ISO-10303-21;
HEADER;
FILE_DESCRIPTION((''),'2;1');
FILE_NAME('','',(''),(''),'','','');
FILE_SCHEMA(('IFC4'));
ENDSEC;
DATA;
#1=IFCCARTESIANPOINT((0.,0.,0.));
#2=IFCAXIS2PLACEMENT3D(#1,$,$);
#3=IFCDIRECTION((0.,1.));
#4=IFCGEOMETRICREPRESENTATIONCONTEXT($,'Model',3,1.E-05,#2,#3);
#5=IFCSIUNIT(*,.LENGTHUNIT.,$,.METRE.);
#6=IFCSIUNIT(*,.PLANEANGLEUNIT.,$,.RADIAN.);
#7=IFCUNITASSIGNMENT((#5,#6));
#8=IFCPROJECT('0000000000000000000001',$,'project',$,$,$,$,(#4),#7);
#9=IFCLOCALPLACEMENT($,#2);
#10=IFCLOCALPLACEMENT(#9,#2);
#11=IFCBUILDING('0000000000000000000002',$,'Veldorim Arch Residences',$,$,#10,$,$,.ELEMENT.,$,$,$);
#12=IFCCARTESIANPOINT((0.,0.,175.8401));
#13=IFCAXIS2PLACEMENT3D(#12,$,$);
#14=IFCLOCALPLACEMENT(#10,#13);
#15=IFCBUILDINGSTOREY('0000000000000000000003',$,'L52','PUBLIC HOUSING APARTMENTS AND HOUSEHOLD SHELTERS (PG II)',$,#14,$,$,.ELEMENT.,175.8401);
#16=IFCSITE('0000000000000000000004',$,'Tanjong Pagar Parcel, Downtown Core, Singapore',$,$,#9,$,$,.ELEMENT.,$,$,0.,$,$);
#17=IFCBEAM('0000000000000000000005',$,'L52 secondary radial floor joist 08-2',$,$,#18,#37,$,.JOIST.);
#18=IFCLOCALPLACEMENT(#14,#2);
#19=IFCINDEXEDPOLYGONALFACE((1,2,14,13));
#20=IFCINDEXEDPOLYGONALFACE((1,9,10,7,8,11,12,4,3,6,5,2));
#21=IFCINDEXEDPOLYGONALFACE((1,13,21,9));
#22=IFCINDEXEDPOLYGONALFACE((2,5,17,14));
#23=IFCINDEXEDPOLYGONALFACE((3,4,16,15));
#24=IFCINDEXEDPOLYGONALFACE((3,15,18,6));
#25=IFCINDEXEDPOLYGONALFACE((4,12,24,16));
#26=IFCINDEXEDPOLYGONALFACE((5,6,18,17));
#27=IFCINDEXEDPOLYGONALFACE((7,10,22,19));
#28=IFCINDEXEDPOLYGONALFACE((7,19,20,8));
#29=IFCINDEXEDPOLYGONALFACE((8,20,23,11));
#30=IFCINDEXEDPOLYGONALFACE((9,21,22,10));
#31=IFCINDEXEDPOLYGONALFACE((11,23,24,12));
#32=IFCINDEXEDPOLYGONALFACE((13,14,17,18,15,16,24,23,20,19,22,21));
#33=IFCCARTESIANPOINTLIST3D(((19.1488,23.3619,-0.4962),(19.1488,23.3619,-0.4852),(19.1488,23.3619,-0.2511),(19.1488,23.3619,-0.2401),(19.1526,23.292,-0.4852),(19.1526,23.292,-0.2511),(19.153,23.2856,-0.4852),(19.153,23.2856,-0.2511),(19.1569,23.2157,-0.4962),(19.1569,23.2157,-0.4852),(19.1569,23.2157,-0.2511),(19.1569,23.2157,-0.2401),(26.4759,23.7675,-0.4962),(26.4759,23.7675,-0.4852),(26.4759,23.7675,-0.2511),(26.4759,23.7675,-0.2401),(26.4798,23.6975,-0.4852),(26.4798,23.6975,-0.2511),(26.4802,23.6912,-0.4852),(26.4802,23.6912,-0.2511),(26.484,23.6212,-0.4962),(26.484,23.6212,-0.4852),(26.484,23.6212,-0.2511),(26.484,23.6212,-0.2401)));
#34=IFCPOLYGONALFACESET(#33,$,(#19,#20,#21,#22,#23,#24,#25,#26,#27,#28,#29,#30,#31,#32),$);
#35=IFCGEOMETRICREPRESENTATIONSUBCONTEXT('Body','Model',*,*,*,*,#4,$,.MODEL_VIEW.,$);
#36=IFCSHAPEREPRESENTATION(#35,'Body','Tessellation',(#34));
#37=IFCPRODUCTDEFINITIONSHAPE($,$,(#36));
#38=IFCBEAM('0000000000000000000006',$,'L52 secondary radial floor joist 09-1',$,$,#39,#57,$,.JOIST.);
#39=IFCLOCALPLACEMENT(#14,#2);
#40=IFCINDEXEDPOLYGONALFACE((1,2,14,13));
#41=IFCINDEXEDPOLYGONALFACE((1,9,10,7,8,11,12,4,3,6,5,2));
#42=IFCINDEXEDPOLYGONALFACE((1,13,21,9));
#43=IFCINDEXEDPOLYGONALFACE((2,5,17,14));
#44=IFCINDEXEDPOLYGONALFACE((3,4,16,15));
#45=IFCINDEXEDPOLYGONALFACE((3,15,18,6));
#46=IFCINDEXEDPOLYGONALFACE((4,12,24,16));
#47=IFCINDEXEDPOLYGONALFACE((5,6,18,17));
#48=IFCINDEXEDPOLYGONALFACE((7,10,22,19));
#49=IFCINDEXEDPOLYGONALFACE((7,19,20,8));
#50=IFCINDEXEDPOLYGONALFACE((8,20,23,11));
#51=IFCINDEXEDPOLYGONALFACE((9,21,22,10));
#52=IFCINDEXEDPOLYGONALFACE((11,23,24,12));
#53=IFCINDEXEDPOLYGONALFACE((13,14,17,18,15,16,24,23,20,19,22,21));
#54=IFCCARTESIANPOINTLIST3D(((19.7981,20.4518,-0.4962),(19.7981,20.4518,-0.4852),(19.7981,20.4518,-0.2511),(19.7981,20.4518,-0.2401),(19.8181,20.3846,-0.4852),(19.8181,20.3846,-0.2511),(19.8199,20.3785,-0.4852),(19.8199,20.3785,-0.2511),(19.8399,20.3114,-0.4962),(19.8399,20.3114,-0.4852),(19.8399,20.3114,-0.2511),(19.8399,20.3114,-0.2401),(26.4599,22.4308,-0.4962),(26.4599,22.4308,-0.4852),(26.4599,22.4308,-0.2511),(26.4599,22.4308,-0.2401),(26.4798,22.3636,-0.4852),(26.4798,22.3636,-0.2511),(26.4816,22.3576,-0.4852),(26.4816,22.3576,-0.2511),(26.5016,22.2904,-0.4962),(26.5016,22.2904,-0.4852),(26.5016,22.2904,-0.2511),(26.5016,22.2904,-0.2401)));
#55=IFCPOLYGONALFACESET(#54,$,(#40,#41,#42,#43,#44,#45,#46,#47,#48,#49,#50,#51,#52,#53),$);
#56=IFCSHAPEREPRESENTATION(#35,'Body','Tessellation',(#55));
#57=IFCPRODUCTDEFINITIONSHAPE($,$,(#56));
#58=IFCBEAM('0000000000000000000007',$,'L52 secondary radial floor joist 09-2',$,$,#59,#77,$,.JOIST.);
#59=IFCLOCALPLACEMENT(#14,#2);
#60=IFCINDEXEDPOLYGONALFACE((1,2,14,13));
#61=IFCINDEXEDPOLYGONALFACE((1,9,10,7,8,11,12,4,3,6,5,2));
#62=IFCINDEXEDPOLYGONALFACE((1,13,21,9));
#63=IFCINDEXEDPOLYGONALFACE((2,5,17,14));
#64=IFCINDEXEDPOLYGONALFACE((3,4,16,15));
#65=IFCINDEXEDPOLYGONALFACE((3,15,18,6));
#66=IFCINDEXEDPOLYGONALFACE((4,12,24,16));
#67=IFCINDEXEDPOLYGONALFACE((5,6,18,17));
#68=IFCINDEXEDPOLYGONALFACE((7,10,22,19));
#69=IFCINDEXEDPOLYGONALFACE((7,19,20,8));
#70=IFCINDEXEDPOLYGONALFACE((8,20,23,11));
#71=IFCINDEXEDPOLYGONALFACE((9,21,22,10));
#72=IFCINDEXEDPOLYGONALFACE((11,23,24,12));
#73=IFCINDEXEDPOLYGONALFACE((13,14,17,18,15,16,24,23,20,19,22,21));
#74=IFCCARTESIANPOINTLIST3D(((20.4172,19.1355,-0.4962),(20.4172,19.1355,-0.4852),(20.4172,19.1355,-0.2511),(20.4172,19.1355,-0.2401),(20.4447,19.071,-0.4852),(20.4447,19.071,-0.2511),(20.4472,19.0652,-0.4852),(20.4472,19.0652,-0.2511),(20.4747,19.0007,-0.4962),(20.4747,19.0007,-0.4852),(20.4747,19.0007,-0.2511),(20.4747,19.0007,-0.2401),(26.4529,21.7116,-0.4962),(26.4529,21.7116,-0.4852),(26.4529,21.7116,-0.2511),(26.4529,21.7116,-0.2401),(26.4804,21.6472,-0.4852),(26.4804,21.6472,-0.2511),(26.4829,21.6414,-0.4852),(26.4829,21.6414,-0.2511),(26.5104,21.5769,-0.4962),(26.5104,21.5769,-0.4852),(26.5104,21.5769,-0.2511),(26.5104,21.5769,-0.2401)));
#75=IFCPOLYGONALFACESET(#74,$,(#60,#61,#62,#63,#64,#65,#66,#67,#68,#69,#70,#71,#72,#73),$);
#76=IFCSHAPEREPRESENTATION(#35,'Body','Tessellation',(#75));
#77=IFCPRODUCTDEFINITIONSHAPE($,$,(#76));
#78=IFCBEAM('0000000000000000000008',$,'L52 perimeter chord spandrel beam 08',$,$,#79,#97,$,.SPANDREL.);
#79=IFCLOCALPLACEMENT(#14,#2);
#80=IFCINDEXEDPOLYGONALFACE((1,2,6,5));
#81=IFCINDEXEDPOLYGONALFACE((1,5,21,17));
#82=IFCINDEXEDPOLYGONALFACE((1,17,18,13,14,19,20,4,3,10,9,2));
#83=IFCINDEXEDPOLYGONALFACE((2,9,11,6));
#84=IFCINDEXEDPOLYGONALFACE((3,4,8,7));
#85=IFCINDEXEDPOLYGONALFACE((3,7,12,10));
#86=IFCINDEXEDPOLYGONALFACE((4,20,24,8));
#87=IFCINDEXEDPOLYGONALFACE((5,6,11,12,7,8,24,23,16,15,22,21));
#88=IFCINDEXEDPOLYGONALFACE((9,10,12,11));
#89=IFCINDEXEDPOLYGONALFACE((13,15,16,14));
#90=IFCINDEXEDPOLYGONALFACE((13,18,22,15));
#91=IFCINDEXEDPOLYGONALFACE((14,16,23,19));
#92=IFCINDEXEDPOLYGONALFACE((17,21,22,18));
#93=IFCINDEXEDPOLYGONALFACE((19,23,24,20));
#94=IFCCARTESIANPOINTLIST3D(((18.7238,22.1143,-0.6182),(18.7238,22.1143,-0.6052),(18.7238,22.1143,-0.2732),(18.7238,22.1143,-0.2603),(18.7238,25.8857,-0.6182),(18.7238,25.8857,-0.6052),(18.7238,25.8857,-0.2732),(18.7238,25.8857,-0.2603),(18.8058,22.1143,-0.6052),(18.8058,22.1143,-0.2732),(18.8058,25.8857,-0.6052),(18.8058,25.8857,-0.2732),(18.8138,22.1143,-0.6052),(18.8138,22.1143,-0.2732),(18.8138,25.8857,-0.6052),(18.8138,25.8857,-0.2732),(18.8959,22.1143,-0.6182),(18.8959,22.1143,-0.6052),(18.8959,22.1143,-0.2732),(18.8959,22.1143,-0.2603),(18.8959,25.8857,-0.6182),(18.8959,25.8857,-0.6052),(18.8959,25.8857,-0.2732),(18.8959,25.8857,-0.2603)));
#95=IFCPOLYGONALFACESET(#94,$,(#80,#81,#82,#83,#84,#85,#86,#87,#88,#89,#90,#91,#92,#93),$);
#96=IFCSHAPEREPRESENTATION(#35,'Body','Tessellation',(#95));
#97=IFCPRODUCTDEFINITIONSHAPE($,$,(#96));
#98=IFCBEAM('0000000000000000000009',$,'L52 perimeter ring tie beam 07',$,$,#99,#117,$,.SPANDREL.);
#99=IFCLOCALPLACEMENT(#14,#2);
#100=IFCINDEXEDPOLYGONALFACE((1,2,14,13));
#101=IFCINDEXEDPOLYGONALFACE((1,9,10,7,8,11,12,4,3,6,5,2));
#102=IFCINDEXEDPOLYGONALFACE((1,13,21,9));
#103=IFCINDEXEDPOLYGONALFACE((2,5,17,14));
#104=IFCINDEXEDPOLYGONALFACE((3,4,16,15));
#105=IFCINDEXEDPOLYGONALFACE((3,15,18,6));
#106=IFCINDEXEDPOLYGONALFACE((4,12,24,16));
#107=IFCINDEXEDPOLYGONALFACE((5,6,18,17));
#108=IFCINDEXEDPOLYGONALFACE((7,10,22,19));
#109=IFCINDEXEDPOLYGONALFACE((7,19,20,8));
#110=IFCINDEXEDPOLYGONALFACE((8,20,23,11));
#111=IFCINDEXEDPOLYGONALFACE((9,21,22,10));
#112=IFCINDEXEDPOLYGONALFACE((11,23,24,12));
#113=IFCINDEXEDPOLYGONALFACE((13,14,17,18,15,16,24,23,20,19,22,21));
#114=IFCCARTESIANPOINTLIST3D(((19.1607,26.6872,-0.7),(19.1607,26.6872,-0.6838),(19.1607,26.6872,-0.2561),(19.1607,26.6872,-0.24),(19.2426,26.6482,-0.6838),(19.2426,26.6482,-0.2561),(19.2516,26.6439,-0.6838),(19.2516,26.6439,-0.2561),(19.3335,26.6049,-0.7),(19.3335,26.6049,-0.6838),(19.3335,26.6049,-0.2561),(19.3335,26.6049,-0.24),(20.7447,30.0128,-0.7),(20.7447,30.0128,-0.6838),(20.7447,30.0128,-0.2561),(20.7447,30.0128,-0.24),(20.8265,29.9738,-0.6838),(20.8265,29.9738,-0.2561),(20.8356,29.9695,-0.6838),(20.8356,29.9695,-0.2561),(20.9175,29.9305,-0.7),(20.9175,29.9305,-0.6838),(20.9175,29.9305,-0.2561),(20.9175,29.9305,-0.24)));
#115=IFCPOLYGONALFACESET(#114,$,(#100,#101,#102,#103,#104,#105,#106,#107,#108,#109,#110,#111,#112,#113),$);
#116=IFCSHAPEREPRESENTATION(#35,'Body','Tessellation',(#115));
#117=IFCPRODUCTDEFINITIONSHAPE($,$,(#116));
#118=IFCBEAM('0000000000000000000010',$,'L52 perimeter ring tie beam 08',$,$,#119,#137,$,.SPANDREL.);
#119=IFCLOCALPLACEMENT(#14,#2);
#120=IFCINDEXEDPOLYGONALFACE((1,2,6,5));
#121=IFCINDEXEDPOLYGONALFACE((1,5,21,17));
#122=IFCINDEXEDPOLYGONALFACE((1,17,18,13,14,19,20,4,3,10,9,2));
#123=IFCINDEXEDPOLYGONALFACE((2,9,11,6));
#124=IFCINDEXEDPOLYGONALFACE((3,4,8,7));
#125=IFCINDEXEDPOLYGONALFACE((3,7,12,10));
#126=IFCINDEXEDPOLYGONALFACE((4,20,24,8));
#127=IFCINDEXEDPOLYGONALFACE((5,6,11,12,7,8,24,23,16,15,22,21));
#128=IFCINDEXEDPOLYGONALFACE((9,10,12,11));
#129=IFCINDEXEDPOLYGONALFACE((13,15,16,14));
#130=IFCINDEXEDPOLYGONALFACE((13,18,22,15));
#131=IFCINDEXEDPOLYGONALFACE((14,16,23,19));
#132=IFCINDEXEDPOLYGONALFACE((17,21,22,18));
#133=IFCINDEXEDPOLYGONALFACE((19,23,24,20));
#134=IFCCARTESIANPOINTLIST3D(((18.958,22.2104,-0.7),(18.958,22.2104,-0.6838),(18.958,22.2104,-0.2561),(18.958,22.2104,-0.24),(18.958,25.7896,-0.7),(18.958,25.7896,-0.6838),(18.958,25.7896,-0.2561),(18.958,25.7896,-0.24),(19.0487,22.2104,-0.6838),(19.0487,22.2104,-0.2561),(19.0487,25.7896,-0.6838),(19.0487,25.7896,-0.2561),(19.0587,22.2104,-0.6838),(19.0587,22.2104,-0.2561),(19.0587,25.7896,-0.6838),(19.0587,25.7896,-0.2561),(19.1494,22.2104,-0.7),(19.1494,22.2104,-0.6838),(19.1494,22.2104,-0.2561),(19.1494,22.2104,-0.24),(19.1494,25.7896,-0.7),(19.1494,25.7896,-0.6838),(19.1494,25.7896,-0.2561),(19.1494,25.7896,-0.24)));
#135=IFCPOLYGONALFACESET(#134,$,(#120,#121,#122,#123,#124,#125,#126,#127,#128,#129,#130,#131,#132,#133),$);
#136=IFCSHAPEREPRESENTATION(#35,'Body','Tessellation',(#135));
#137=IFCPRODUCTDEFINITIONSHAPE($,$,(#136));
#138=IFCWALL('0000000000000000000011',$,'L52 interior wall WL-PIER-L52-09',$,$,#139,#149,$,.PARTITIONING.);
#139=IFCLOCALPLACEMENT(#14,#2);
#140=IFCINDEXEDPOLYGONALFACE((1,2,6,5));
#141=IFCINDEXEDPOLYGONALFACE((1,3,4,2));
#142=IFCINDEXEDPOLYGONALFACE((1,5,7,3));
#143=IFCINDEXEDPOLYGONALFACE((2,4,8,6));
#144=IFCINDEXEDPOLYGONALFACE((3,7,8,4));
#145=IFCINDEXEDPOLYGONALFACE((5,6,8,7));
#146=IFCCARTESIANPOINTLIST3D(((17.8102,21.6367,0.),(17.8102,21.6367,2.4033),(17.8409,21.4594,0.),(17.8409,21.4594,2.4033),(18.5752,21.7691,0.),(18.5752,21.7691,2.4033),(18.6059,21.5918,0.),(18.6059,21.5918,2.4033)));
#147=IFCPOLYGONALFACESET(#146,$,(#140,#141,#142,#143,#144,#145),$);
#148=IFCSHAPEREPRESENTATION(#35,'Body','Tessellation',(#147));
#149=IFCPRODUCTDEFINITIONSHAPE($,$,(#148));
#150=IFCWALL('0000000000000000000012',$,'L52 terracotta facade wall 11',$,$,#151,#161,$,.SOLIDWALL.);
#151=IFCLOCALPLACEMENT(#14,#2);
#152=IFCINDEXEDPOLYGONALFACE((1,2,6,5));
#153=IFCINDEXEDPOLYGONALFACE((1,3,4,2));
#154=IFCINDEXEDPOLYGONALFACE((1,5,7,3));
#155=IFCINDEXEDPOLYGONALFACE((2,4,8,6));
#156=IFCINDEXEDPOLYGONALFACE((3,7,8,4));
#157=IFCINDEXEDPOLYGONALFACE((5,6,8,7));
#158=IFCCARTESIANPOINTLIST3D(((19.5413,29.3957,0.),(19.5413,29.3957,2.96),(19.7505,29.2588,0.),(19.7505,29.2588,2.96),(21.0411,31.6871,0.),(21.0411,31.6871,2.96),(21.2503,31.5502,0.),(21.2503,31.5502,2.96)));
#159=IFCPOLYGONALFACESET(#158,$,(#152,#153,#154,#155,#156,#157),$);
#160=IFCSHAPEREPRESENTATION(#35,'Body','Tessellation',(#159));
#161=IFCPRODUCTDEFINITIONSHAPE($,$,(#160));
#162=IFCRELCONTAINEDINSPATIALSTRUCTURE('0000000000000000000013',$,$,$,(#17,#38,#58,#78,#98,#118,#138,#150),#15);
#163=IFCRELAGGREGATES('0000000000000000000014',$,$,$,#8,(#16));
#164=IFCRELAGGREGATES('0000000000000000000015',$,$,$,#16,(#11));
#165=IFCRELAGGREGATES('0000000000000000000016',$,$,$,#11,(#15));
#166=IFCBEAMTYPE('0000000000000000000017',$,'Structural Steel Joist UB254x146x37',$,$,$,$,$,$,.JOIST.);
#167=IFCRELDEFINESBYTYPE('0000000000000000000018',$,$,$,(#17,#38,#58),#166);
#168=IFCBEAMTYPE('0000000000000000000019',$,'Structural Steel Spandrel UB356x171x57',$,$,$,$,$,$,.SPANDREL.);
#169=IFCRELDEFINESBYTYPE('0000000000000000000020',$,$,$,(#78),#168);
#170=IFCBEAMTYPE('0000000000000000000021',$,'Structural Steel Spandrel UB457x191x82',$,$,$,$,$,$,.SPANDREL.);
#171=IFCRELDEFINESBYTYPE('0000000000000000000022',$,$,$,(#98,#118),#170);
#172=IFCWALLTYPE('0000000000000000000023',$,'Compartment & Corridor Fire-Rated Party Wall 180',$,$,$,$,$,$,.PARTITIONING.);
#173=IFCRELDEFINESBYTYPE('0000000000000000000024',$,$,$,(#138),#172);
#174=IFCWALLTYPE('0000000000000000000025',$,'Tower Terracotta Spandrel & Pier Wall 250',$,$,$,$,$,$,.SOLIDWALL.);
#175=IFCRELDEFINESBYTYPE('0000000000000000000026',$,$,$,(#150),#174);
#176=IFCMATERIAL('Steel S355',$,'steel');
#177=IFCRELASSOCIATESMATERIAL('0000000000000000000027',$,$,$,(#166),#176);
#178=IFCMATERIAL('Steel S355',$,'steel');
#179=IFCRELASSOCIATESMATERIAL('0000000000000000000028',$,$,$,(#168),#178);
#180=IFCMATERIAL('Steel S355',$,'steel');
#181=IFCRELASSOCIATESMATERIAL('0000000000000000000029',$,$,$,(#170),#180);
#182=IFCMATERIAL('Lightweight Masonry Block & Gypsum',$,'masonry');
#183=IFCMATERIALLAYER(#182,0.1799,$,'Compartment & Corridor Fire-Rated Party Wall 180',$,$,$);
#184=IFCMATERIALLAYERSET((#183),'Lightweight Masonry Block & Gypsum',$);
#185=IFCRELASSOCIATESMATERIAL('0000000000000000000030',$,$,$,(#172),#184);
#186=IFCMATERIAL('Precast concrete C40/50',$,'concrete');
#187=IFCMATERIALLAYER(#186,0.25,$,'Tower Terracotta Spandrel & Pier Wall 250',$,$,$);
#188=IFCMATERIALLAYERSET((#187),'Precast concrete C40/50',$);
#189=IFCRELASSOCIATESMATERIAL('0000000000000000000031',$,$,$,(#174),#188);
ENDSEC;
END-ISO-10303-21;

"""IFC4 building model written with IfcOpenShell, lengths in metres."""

from ifc_helpers import new_model, si_unit, direction, frame, frame_2d, origin, origin_2d, place, context, subcontext, project, spatial, rectangle, i_section, extrude, material, layer, layer_set, material_profile, profile_set, type_object, element, save


model = new_model("IFC4")

# Units and contexts
model_context = context("Model", 3, precision=1e-05, world=origin(), true_north=direction((0.0, 1.0)))
body_context = subcontext(model_context, "Body", "Model", "MODEL_VIEW")
ifc_project = project(units=[si_unit("LENGTHUNIT", "METRE"), si_unit("PLANEANGLEUNIT", "RADIAN")], contexts=[model_context])

# Site, building, storey
site_placement = place(None, origin())
site = spatial("IfcSite", under=ifc_project, at=site_placement, Name="Tanjong Pagar Parcel, Downtown Core, Singapore", CompositionType="ELEMENT", RefElevation=0.0)
building_placement = place(site_placement, origin())
building = spatial("IfcBuilding", under=site, at=building_placement, Name="Veldorim Arch Residences", CompositionType="ELEMENT")
storey_placement = place(building_placement, frame((0.0, 0.0, 175.8401)))
storey = spatial("IfcBuildingStorey", under=building, at=storey_placement, Name="L52", Description="PUBLIC HOUSING APARTMENTS AND HOUSEHOLD SHELTERS (PG II)", CompositionType="ELEMENT", Elevation=175.8401)

# Beams
ifc_material_1 = material(Name="Steel S355", Category="steel")
ifc_material_profile_1 = material_profile(ifc_material_1, i_section(OverallWidth=0.1465, OverallDepth=0.2561, WebThickness=0.0063, FlangeThickness=0.011, at=origin_2d()), Name="UB254x146x37")
ifc_profile_set_1 = profile_set([ifc_material_profile_1], Name="Steel S355")
beam_type_1 = type_object("IfcBeamType", Name="Structural Steel Joist UB254x146x37", PredefinedType="JOIST", material=ifc_profile_set_1)
for number, where, z_axis, x_axis, name in (
    (1, (26.48, 23.6943, -0.3682), (-0.998472, -0.05526, 0.0), (0.05526, -0.998472, 0.0), "L52 secondary radial floor joist 08-2"),
):
    element("IfcBeam", number, at=place(storey_placement, frame(where, z_axis=z_axis, x_axis=x_axis)), inside=storey, type_object=beam_type_1, Name=name, PredefinedType="JOIST", context=body_context, shape_type="SweptSolid", body=[
        extrude(i_section(OverallWidth=0.1465, OverallDepth=0.2561, WebThickness=0.0063, FlangeThickness=0.011, at=origin_2d()), origin(), (0.0, 0.0, 1.0), 7.3384),
    ])
beam_1_placement = place(storey_placement, frame((26.4807, 22.3606, -0.3682), z_axis=(-0.958594, -0.284775, 0.0), x_axis=(0.284775, -0.958594, 0.0)))
element("IfcBeam", 2, at=beam_1_placement, inside=storey, type_object=beam_type_1, Name="L52 secondary radial floor joist 09-1", PredefinedType="JOIST", context=body_context, shape_type="SweptSolid", body=[
    extrude(i_section(OverallWidth=0.1465, OverallDepth=0.2561, WebThickness=0.0063, FlangeThickness=0.011, at=origin_2d()), origin(), (0.0, 0.0, 1.0), 6.9495),
])
beam_2_placement = place(storey_placement, frame((26.4817, 21.6443, -0.3682), z_axis=(-0.919725, -0.392563, 0.0), x_axis=(0.392563, -0.919725, 0.0)))
element("IfcBeam", 3, at=beam_2_placement, inside=storey, type_object=beam_type_1, Name="L52 secondary radial floor joist 09-2", PredefinedType="JOIST", context=body_context, shape_type="SweptSolid", body=[
    extrude(i_section(OverallWidth=0.1465, OverallDepth=0.2561, WebThickness=0.0063, FlangeThickness=0.011, at=origin_2d()), origin(), (0.0, 0.0, 1.0), 6.5625),
])
ifc_material_2 = material(Name="Steel S355", Category="steel")
ifc_material_profile_2 = material_profile(ifc_material_2, i_section(OverallWidth=0.1721, OverallDepth=0.3579, WebThickness=0.0081, FlangeThickness=0.0129, at=origin_2d()), Name="UB356x171x57")
ifc_profile_set_2 = profile_set([ifc_material_profile_2], Name="Steel S355")
beam_type_2 = type_object("IfcBeamType", Name="Structural Steel Spandrel UB356x171x57", PredefinedType="SPANDREL", material=ifc_profile_set_2)
beam_3_placement = place(storey_placement, frame((18.8098, 25.8857, -0.4392), z_axis=(0.0, -1.0, 0.0), x_axis=(1.0, 0.0, 0.0)))
element("IfcBeam", 4, at=beam_3_placement, inside=storey, type_object=beam_type_2, Name="L52 perimeter chord spandrel beam 08", PredefinedType="SPANDREL", context=body_context, shape_type="SweptSolid", body=[
    extrude(i_section(OverallWidth=0.1721, OverallDepth=0.3579, WebThickness=0.0081, FlangeThickness=0.0129, at=origin_2d()), origin(), (0.0, 0.0, 1.0), 3.7715),
])
ifc_material_3 = material(Name="Steel S355", Category="steel")
ifc_material_profile_3 = material_profile(ifc_material_3, i_section(OverallWidth=0.1914, OverallDepth=0.46, WebThickness=0.01, FlangeThickness=0.0161, at=origin_2d()), Name="UB457x191x82")
ifc_profile_set_3 = profile_set([ifc_material_profile_3], Name="Steel S355")
beam_type_3 = type_object("IfcBeamType", Name="Structural Steel Spandrel UB457x191x82", PredefinedType="SPANDREL", material=ifc_profile_set_3)
beam_4_placement = place(storey_placement, frame((20.8311, 29.9717, -0.47), z_axis=(-0.430006, -0.902826, 0.0), x_axis=(0.902826, -0.430006, 0.0)))
element("IfcBeam", 5, at=beam_4_placement, inside=storey, type_object=beam_type_3, Name="L52 perimeter ring tie beam 07", PredefinedType="SPANDREL", context=body_context, shape_type="SweptSolid", body=[
    extrude(i_section(OverallWidth=0.1914, OverallDepth=0.46, WebThickness=0.01, FlangeThickness=0.0161, at=origin_2d()), origin(), (0.0, 0.0, 1.0), 3.6836),
])
beam_5_placement = place(storey_placement, frame((19.0537, 25.7896, -0.47), z_axis=(0.0, -1.0, 0.0), x_axis=(1.0, 0.0, 0.0)))
element("IfcBeam", 6, at=beam_5_placement, inside=storey, type_object=beam_type_3, Name="L52 perimeter ring tie beam 08", PredefinedType="SPANDREL", context=body_context, shape_type="SweptSolid", body=[
    extrude(i_section(OverallWidth=0.1914, OverallDepth=0.46, WebThickness=0.01, FlangeThickness=0.0161, at=origin_2d()), origin(), (0.0, 0.0, 1.0), 3.5791),
])

# Walls
ifc_material_4 = material(Name="Lightweight Masonry Block & Gypsum", Category="masonry")
ifc_layer_1 = layer(ifc_material_4, 0.1799, Name="Compartment & Corridor Fire-Rated Party Wall 180")
ifc_layer_set_1 = layer_set([ifc_layer_1], Name="Lightweight Masonry Block & Gypsum")
wall_type_1 = type_object("IfcWallType", Name="Compartment & Corridor Fire-Rated Party Wall 180", PredefinedType="PARTITIONING", material=ifc_layer_set_1)
wall_1_placement = place(storey_placement, frame((18.5906, 21.6804, 0.0), z_axis=(0.0, 0.0, 1.0), x_axis=(-0.985364, -0.170465, 0.0)))
element("IfcWall", 7, at=wall_1_placement, inside=storey, type_object=wall_type_1, Name="L52 interior wall WL-PIER-L52-09", PredefinedType="PARTITIONING", context=body_context, shape_type="SweptSolid", body=[
    extrude(rectangle(XDim=0.7764, YDim=0.1799, at=frame_2d((0.3882, 0.0))), origin(), (0.0, 0.0, 1.0), 2.4033),
])
ifc_material_5 = material(Name="Precast concrete C40/50", Category="concrete")
ifc_layer_2 = layer(ifc_material_5, 0.25, Name="Tower Terracotta Spandrel & Pier Wall 250")
ifc_layer_set_2 = layer_set([ifc_layer_2], Name="Precast concrete C40/50")
wall_type_2 = type_object("IfcWallType", Name="Tower Terracotta Spandrel & Pier Wall 250", PredefinedType="SOLIDWALL", material=ifc_layer_set_2)
wall_2_placement = place(storey_placement, frame((19.646, 29.3274, 0.0), z_axis=(0.0, 0.0, 1.0), x_axis=(0.547665, 0.836698, 0.0)))
element("IfcWall", 8, at=wall_2_placement, inside=storey, type_object=wall_type_2, Name="L52 terracotta facade wall 11", PredefinedType="SOLIDWALL", context=body_context, shape_type="SweptSolid", body=[
    extrude(rectangle(XDim=2.7385, YDim=0.25, at=frame_2d((1.3691, 0.0))), origin(), (0.0, 0.0, 1.0), 2.96),
])

save(model, "model.ifc")
